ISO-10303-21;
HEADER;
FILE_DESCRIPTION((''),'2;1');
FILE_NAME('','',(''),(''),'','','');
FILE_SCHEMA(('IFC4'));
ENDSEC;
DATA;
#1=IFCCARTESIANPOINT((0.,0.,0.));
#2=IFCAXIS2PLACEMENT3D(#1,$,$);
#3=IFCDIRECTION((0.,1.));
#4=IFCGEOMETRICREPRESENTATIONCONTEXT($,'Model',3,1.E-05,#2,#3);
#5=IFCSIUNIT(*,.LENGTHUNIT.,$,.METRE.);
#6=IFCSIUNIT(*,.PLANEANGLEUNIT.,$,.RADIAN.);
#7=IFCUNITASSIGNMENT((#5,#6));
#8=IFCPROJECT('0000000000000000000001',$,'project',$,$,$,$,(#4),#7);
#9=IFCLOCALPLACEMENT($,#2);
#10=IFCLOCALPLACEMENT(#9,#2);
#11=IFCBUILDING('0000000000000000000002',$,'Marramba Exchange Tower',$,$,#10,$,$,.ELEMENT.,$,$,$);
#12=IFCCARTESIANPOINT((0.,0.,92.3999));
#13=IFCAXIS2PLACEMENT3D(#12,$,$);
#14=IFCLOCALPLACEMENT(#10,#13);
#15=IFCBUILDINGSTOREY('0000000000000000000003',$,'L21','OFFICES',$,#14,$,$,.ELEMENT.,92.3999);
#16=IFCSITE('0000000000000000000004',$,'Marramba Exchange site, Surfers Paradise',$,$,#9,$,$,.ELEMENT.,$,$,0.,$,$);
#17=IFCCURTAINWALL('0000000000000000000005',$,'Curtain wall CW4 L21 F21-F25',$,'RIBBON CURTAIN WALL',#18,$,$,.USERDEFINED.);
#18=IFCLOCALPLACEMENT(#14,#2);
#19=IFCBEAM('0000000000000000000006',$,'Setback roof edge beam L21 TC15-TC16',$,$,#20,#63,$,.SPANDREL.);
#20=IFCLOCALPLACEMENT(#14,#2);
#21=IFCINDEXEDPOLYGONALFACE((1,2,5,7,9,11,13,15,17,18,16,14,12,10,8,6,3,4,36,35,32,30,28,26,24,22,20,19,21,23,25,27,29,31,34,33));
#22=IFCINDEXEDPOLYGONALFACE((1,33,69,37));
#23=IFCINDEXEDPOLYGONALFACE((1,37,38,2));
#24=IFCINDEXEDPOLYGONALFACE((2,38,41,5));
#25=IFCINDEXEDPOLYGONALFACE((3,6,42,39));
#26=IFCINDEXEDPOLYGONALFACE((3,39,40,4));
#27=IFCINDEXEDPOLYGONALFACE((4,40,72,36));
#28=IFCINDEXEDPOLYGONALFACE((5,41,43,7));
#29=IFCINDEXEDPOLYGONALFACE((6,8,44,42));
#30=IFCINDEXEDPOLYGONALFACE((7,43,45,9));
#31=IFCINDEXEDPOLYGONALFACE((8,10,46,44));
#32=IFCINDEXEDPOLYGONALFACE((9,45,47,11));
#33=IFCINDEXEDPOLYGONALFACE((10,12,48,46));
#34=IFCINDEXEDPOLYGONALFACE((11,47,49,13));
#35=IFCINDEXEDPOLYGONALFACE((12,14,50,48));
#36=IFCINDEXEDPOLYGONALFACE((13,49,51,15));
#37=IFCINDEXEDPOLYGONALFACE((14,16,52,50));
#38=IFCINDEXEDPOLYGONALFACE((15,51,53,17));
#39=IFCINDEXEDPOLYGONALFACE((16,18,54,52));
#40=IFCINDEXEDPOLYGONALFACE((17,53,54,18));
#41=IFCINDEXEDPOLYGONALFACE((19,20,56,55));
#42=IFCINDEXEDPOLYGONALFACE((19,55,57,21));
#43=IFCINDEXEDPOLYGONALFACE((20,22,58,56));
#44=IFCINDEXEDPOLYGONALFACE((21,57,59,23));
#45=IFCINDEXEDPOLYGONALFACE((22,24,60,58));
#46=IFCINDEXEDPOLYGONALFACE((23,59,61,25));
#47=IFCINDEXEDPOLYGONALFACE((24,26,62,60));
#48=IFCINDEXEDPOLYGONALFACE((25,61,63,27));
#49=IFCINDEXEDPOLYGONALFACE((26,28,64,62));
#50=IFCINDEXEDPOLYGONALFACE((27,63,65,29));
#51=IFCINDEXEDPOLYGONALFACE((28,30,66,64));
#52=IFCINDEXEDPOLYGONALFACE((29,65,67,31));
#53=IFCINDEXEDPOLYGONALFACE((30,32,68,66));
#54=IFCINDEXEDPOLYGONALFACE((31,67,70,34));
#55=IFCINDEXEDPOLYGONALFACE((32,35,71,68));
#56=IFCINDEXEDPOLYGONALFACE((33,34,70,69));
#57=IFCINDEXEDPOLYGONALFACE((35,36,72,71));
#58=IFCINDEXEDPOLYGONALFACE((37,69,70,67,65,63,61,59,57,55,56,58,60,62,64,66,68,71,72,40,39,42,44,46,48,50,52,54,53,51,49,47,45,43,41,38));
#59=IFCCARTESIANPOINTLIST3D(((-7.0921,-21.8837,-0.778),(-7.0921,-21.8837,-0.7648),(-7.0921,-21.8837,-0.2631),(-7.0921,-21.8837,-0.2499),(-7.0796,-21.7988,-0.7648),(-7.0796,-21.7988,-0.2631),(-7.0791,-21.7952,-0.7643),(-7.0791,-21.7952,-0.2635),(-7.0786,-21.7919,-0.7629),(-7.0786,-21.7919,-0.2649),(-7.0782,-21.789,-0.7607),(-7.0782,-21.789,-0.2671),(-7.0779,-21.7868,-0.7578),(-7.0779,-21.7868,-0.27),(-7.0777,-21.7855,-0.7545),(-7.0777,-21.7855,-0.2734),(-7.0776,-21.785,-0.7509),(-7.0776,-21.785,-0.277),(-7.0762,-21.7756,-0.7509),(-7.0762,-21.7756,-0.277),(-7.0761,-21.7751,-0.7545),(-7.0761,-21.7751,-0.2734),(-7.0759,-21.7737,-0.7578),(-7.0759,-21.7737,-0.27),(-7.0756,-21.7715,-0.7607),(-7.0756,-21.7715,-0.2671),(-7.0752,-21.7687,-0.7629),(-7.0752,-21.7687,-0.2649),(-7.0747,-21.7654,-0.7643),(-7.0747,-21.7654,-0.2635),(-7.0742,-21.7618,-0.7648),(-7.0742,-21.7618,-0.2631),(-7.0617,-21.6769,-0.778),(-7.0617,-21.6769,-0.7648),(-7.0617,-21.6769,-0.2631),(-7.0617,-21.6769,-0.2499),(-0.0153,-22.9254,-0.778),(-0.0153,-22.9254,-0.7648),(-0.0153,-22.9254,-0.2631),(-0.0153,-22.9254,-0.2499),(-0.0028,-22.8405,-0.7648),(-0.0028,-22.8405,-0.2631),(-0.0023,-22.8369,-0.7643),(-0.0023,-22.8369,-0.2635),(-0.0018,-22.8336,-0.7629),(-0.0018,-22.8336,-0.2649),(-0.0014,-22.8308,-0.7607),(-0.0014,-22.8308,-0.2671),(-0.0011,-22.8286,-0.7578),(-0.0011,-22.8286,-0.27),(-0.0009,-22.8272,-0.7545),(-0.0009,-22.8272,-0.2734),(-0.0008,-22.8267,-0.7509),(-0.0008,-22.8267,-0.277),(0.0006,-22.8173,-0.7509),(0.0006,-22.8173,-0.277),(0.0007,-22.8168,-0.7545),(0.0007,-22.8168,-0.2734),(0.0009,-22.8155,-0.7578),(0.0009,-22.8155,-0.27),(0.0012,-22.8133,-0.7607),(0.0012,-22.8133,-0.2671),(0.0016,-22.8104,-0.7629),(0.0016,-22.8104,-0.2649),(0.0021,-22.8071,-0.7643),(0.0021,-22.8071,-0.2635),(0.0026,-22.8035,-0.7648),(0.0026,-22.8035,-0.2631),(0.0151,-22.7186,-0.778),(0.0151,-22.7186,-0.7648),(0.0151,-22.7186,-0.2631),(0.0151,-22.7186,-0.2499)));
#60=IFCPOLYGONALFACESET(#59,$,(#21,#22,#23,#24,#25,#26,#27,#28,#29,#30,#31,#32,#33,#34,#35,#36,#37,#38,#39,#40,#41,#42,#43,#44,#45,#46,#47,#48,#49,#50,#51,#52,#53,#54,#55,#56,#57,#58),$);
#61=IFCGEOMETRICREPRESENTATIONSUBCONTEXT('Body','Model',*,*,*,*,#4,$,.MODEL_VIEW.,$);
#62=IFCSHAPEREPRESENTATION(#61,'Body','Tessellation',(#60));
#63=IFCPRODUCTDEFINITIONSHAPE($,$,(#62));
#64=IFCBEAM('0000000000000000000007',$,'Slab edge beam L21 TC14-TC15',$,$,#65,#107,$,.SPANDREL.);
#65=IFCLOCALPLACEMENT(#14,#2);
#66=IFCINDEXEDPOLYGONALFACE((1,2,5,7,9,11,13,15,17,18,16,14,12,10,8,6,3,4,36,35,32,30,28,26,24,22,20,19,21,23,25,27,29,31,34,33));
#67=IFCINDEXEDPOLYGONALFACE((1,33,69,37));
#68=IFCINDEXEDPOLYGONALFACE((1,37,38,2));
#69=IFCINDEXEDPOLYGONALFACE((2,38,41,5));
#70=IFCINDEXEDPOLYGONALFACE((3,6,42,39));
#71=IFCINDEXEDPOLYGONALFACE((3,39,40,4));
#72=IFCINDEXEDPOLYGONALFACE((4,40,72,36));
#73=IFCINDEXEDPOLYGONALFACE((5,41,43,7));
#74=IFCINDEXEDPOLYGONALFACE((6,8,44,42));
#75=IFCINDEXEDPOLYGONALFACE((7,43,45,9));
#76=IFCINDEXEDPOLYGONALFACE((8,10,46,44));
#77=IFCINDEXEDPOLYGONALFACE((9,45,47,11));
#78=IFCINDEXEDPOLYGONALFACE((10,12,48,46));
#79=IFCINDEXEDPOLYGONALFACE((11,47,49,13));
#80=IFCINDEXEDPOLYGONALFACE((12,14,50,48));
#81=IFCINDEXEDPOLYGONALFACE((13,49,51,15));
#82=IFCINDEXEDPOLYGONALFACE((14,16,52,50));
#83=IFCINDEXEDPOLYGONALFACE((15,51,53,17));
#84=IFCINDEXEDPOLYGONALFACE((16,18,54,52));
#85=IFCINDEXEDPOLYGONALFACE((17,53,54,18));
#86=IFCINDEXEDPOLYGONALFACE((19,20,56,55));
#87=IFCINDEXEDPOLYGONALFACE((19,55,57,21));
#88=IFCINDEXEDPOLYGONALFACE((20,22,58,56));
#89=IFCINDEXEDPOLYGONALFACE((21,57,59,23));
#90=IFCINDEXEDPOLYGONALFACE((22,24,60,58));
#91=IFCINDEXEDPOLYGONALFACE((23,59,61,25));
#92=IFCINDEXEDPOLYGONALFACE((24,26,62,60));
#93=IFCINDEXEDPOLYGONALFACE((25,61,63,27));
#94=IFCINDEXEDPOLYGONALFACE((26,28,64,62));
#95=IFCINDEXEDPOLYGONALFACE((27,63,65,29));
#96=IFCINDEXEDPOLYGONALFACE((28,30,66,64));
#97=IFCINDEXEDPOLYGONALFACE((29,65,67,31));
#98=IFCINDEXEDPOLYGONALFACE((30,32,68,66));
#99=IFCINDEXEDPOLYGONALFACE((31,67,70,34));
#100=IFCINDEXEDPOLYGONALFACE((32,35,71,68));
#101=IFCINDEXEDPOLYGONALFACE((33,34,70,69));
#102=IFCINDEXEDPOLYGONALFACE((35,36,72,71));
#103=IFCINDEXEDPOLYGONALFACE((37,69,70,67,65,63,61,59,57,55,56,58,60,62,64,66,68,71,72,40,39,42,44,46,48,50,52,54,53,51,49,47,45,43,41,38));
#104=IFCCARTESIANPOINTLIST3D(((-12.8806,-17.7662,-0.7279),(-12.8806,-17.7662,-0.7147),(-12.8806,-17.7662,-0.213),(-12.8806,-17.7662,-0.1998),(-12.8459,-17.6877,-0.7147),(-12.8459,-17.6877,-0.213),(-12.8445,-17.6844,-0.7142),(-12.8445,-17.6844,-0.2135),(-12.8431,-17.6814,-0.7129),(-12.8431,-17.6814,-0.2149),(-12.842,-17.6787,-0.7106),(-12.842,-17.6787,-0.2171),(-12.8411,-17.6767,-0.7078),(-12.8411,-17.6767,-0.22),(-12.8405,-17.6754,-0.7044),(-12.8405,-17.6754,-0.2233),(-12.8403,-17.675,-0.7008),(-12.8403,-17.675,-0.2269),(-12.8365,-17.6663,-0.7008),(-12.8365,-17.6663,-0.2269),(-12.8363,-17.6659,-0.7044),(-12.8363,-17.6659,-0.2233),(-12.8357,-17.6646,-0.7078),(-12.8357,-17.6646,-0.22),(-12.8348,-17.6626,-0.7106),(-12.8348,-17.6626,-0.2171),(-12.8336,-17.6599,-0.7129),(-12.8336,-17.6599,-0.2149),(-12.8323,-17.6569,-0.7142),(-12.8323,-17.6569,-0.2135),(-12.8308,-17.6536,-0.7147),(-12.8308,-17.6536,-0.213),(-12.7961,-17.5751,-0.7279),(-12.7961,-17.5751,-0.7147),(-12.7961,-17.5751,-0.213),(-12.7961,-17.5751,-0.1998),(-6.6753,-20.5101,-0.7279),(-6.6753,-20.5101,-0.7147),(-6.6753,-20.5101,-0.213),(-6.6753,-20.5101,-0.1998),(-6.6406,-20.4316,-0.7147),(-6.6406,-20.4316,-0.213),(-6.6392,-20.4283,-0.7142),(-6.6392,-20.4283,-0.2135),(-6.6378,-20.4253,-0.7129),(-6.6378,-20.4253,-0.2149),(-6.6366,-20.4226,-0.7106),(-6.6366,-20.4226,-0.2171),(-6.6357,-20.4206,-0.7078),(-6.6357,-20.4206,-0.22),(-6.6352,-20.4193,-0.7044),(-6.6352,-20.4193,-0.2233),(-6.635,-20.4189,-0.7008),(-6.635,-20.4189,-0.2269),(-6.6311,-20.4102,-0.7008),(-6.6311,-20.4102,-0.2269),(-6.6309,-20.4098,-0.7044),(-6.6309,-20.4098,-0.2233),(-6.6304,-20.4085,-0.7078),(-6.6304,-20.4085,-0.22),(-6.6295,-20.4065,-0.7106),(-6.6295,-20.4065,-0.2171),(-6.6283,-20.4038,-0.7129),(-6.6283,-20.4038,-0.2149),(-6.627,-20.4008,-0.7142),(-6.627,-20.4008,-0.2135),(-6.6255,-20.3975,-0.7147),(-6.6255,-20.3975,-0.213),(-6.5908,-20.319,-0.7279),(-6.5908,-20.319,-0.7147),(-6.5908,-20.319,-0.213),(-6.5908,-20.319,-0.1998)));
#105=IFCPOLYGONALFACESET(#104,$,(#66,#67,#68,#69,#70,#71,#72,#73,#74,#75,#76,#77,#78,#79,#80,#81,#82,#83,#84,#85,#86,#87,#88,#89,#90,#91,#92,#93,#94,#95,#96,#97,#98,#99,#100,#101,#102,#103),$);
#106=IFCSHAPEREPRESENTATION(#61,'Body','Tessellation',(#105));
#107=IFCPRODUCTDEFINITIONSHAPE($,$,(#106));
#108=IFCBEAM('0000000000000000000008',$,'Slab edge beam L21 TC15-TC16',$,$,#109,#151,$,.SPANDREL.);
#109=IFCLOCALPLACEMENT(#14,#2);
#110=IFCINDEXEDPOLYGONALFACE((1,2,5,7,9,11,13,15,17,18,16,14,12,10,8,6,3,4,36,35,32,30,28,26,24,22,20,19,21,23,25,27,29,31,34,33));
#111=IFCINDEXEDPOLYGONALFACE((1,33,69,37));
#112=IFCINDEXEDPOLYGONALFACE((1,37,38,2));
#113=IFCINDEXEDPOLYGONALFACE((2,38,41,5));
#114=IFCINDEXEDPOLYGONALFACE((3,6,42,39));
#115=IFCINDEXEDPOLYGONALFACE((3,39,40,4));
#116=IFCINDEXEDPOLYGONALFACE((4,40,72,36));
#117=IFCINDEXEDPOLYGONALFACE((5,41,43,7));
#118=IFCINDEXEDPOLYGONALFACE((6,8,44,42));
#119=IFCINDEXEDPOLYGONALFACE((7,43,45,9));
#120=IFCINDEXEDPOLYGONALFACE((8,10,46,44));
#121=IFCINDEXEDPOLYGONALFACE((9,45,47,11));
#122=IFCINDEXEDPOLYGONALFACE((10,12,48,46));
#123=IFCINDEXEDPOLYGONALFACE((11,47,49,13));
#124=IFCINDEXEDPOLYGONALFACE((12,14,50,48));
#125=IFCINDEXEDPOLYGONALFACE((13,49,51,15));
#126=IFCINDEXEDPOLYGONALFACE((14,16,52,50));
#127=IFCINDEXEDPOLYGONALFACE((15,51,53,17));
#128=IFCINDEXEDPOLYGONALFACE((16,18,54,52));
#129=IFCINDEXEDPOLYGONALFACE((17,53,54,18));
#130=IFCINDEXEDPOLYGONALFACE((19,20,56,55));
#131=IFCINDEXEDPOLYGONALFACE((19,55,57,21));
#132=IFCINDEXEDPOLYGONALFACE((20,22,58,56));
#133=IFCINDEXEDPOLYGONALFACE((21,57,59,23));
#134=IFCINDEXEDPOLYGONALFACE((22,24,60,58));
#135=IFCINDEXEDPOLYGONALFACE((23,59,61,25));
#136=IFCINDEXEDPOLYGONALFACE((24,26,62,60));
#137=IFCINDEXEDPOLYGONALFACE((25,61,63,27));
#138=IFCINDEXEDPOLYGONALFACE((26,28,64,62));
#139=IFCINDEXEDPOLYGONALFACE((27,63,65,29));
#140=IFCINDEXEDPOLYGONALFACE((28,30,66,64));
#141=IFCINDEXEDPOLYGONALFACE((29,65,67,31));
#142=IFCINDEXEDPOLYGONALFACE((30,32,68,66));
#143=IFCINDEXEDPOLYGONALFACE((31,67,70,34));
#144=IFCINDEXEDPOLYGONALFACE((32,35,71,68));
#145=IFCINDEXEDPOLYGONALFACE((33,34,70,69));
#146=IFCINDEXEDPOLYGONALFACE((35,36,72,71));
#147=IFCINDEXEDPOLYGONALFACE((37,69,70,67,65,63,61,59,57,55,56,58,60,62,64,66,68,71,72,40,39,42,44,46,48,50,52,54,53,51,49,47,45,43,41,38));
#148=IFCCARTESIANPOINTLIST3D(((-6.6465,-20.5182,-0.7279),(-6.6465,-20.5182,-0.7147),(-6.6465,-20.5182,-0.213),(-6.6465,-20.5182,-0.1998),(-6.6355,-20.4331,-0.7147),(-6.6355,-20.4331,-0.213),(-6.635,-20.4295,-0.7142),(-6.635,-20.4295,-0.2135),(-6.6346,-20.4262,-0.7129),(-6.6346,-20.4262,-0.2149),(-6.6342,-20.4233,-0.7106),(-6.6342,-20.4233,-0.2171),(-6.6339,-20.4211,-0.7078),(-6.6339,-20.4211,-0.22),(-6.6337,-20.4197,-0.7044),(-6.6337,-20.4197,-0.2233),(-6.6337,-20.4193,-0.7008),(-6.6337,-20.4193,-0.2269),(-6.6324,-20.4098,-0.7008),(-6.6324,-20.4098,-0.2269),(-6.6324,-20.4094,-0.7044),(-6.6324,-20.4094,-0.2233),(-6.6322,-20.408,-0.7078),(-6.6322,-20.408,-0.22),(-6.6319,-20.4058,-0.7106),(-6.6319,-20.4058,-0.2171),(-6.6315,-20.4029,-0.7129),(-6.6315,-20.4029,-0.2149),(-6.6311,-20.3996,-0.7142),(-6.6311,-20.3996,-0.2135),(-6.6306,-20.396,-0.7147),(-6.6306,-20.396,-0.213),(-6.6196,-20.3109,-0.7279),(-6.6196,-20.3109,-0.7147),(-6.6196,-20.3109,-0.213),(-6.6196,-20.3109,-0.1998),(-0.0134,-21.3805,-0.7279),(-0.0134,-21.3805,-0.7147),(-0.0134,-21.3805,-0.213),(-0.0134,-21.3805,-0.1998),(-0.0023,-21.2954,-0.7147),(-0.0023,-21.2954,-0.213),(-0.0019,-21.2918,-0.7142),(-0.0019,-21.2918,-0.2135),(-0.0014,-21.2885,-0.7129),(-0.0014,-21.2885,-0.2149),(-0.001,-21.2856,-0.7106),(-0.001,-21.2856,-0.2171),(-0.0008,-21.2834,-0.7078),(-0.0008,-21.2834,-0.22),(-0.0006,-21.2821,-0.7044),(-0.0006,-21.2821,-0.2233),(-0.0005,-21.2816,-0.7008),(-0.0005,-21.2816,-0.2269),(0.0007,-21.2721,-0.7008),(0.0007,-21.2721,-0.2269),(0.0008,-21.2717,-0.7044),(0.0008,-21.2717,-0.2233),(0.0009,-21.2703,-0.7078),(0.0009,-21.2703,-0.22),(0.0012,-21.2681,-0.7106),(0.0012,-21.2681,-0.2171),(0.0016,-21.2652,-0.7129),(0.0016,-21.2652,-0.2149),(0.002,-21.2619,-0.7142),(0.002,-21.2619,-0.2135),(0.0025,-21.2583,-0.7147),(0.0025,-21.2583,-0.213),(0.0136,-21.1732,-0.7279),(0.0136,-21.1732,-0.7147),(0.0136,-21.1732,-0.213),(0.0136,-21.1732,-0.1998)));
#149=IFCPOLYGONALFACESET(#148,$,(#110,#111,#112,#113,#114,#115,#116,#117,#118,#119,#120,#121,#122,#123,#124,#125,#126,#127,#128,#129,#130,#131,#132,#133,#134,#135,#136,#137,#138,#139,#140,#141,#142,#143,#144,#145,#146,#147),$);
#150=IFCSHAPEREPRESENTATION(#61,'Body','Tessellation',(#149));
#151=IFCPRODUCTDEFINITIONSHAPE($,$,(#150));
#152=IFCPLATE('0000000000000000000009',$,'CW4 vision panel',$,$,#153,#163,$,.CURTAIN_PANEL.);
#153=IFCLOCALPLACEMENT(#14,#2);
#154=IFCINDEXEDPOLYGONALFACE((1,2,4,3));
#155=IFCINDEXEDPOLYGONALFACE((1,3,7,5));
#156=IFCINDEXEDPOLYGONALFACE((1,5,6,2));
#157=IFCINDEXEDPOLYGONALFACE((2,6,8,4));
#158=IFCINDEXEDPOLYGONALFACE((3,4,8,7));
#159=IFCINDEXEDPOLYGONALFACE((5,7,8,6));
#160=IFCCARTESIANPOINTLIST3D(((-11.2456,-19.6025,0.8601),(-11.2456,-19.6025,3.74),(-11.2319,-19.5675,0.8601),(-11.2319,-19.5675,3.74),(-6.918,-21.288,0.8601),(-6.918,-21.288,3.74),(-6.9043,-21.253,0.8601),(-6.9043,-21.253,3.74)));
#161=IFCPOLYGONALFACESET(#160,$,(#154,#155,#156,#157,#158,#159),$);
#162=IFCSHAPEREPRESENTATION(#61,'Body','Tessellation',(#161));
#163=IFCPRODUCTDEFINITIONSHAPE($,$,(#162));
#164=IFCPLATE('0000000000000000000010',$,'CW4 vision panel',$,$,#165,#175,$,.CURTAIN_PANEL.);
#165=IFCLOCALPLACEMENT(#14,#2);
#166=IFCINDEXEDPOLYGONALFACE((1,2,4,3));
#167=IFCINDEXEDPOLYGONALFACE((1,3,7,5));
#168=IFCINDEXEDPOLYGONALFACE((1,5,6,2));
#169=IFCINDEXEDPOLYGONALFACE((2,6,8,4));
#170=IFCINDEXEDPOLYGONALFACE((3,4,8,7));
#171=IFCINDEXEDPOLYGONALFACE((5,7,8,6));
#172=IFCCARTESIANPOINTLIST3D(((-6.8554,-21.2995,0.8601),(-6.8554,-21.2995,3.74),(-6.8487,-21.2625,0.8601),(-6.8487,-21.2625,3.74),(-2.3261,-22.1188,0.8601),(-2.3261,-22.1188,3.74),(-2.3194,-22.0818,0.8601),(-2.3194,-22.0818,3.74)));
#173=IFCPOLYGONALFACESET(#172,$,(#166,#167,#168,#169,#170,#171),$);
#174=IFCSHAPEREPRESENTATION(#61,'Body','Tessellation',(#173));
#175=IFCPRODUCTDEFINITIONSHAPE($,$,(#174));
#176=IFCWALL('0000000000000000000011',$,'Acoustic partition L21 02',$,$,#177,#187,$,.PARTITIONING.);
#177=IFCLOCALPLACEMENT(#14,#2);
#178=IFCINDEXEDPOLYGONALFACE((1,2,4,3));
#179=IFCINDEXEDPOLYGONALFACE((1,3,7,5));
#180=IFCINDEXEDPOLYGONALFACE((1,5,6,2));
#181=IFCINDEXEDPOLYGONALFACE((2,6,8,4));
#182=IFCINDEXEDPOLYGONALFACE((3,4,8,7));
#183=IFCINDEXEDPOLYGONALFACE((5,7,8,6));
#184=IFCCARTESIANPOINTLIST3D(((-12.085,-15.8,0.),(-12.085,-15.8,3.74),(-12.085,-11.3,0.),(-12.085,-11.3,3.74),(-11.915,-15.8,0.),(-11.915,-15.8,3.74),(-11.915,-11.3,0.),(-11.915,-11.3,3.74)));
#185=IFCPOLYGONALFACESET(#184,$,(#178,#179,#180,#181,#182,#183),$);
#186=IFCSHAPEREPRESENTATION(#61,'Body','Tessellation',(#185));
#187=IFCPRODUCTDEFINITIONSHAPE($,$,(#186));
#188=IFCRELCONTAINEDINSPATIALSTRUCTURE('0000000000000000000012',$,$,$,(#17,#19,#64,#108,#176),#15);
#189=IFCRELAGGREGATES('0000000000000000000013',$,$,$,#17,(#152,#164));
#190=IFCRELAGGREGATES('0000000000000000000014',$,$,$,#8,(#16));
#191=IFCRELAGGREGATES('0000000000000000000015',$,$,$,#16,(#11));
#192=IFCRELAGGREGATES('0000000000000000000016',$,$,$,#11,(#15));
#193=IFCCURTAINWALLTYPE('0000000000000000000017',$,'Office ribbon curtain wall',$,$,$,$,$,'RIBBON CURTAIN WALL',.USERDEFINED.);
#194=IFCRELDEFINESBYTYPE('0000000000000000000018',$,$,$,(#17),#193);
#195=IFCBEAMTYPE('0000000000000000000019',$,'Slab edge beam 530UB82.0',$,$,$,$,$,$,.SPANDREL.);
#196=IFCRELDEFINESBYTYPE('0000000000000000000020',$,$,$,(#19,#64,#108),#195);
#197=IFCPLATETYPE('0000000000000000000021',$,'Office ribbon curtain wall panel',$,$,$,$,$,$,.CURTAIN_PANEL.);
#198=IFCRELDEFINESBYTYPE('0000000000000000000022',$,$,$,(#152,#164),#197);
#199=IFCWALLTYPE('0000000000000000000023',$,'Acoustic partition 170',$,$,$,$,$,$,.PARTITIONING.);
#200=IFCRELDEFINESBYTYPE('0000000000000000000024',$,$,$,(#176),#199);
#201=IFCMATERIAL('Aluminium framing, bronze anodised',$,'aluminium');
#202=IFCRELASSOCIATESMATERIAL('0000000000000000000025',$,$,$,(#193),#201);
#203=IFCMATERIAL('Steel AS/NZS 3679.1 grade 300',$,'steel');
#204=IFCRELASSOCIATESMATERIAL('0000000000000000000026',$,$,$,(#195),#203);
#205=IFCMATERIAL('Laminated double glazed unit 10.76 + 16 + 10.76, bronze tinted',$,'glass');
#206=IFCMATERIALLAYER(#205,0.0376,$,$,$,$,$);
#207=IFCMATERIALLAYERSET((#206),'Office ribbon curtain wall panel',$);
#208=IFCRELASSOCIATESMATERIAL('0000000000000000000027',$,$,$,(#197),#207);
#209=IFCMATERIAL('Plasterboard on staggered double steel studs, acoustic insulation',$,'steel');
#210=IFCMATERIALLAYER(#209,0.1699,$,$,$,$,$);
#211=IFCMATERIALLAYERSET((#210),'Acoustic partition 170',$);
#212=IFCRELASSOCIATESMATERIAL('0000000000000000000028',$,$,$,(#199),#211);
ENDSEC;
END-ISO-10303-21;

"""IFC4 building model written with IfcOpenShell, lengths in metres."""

from ifc_helpers import new_model, si_unit, direction, frame, frame_2d, origin, origin_2d, place, context, subcontext, project, spatial, rectangle, i_section, extrude, material, layer, layer_set, material_profile, profile_set, type_object, element, aggregate, save


model = new_model("IFC4")

# Units and contexts
model_context = context("Model", 3, precision=1e-05, world=origin(), true_north=direction((0.0, 1.0)))
body_context = subcontext(model_context, "Body", "Model", "MODEL_VIEW")
ifc_project = project(units=[si_unit("LENGTHUNIT", "METRE"), si_unit("PLANEANGLEUNIT", "RADIAN")], contexts=[model_context])

# Site, building, storey
site_placement = place(None, origin())
site = spatial("IfcSite", under=ifc_project, at=site_placement, Name="Marramba Exchange site, Surfers Paradise", CompositionType="ELEMENT", RefElevation=0.0)
building_placement = place(site_placement, origin())
building = spatial("IfcBuilding", under=site, at=building_placement, Name="Marramba Exchange Tower", CompositionType="ELEMENT")
storey_placement = place(building_placement, frame((0.0, 0.0, 92.3999)))
storey = spatial("IfcBuildingStorey", under=building, at=storey_placement, Name="L21", Description="OFFICES", CompositionType="ELEMENT", Elevation=92.3999)

# Curtain wall
ifc_material_1 = material(Name="Aluminium framing, bronze anodised", Category="aluminium")
curtain_wall_type = type_object("IfcCurtainWallType", Name="Office ribbon curtain wall", ElementType="RIBBON CURTAIN WALL", PredefinedType="USERDEFINED", material=ifc_material_1)
curtain_wall_placement = place(storey_placement, origin())
curtain_wall = element("IfcCurtainWall", 1, at=curtain_wall_placement, inside=storey, type_object=curtain_wall_type, Name="Curtain wall CW4 L21 F21-F25", ObjectType="RIBBON CURTAIN WALL", PredefinedType="USERDEFINED")

# Beams
ifc_material_2 = material(Name="Steel AS/NZS 3679.1 grade 300", Category="steel")
ifc_material_profile_1 = material_profile(ifc_material_2, i_section(OverallWidth=0.209, OverallDepth=0.5281, WebThickness=0.0095, FlangeThickness=0.0132, FilletRadius=0.0139, at=origin_2d()), Name="530UB82.0")
ifc_profile_set_1 = profile_set([ifc_material_profile_1], Name="Steel AS/NZS 3679.1 grade 300")
beam_type_1 = type_object("IfcBeamType", Name="Slab edge beam 530UB82.0", PredefinedType="SPANDREL", material=ifc_profile_set_1)
beam_1_placement = place(storey_placement, frame((-7.0769, -21.7803, -0.5139), z_axis=(0.989338, -0.145634, 0.0), x_axis=(0.145634, 0.989338, 0.0)))
element("IfcBeam", 2, at=beam_1_placement, inside=storey, type_object=beam_type_1, Name="Setback roof edge beam L21 TC15-TC16", PredefinedType="SPANDREL", context=body_context, shape_type="SweptSolid", body=[
    extrude(i_section(OverallWidth=0.209, OverallDepth=0.5281, WebThickness=0.0095, FlangeThickness=0.0132, FilletRadius=0.0139, at=origin_2d()), origin(), (0.0, 0.0, 1.0), 7.1531),
])
beam_2_placement = place(storey_placement, frame((-12.8384, -17.6707, -0.4639), z_axis=(0.914577, -0.404412, 0.0), x_axis=(0.404412, 0.914577, 0.0)))
element("IfcBeam", 3, at=beam_2_placement, inside=storey, type_object=beam_type_1, Name="Slab edge beam L21 TC14-TC15", PredefinedType="SPANDREL", context=body_context, shape_type="SweptSolid", body=[
    extrude(i_section(OverallWidth=0.209, OverallDepth=0.5281, WebThickness=0.0095, FlangeThickness=0.0132, FilletRadius=0.0139, at=origin_2d()), origin(), (0.0, 0.0, 1.0), 6.7849),
])
beam_3_placement = place(storey_placement, frame((-6.6331, -20.4146, -0.4639), z_axis=(0.991655, -0.128916, 0.0), x_axis=(0.128916, 0.991655, 0.0)))
element("IfcBeam", 4, at=beam_3_placement, inside=storey, type_object=beam_type_1, Name="Slab edge beam L21 TC15-TC16", PredefinedType="SPANDREL", context=body_context, shape_type="SweptSolid", body=[
    extrude(i_section(OverallWidth=0.209, OverallDepth=0.5281, WebThickness=0.0095, FlangeThickness=0.0132, FilletRadius=0.0139, at=origin_2d()), origin(), (0.0, 0.0, 1.0), 6.689),
])

# Plates
ifc_material_3 = material(Name="Laminated double glazed unit 10.76 + 16 + 10.76, bronze tinted", Category="glass")
ifc_layer_1 = layer(ifc_material_3, 0.0376)
ifc_layer_set_1 = layer_set([ifc_layer_1], Name="Office ribbon curtain wall panel")
plate_type = type_object("IfcPlateType", Name="Office ribbon curtain wall panel", PredefinedType="CURTAIN_PANEL", material=ifc_layer_set_1)
plate_1_placement = place(storey_placement, frame((-9.075, -20.4277, 0.8601), z_axis=(0.0, 0.0, 1.0), x_axis=(0.931818, -0.362925, 0.0)))
plate_1 = element("IfcPlate", 5, at=plate_1_placement, type_object=plate_type, Name="CW4 vision panel", PredefinedType="CURTAIN_PANEL", context=body_context, shape_type="SweptSolid", body=[
    extrude(rectangle(XDim=4.6443, YDim=0.0376, at=origin_2d()), origin(), (0.0, 0.0, 1.0), 2.8799),
])
plate_2_placement = place(storey_placement, frame((-4.5874, -21.6907, 0.8601), z_axis=(0.0, 0.0, 1.0), x_axis=(0.984032, -0.177992, 0.0)))
plate_2 = element("IfcPlate", 6, at=plate_2_placement, type_object=plate_type, Name="CW4 vision panel", PredefinedType="CURTAIN_PANEL", context=body_context, shape_type="SweptSolid", body=[
    extrude(rectangle(XDim=4.6028, YDim=0.0376, at=origin_2d()), origin(), (0.0, 0.0, 1.0), 2.8799),
])
aggregate(curtain_wall, [plate_1, plate_2])

# Wall
ifc_material_4 = material(Name="Plasterboard on staggered double steel studs, acoustic insulation", Category="steel")
ifc_layer_2 = layer(ifc_material_4, 0.1699)
ifc_layer_set_2 = layer_set([ifc_layer_2], Name="Acoustic partition 170")
wall_type_1 = type_object("IfcWallType", Name="Acoustic partition 170", PredefinedType="PARTITIONING", material=ifc_layer_set_2)
wall_1_placement = place(storey_placement, frame((-12.0, -15.8, 0.0), z_axis=(0.0, 0.0, 1.0), x_axis=(0.0, 1.0, 0.0)))
element("IfcWall", 7, at=wall_1_placement, inside=storey, type_object=wall_type_1, Name="Acoustic partition L21 02", PredefinedType="PARTITIONING", context=body_context, shape_type="SweptSolid", body=[
    extrude(rectangle(XDim=4.5, YDim=0.1699, at=frame_2d((2.25, 0.0))), origin(), (0.0, 0.0, 1.0), 3.74),
])

save(model, "model.ifc")
